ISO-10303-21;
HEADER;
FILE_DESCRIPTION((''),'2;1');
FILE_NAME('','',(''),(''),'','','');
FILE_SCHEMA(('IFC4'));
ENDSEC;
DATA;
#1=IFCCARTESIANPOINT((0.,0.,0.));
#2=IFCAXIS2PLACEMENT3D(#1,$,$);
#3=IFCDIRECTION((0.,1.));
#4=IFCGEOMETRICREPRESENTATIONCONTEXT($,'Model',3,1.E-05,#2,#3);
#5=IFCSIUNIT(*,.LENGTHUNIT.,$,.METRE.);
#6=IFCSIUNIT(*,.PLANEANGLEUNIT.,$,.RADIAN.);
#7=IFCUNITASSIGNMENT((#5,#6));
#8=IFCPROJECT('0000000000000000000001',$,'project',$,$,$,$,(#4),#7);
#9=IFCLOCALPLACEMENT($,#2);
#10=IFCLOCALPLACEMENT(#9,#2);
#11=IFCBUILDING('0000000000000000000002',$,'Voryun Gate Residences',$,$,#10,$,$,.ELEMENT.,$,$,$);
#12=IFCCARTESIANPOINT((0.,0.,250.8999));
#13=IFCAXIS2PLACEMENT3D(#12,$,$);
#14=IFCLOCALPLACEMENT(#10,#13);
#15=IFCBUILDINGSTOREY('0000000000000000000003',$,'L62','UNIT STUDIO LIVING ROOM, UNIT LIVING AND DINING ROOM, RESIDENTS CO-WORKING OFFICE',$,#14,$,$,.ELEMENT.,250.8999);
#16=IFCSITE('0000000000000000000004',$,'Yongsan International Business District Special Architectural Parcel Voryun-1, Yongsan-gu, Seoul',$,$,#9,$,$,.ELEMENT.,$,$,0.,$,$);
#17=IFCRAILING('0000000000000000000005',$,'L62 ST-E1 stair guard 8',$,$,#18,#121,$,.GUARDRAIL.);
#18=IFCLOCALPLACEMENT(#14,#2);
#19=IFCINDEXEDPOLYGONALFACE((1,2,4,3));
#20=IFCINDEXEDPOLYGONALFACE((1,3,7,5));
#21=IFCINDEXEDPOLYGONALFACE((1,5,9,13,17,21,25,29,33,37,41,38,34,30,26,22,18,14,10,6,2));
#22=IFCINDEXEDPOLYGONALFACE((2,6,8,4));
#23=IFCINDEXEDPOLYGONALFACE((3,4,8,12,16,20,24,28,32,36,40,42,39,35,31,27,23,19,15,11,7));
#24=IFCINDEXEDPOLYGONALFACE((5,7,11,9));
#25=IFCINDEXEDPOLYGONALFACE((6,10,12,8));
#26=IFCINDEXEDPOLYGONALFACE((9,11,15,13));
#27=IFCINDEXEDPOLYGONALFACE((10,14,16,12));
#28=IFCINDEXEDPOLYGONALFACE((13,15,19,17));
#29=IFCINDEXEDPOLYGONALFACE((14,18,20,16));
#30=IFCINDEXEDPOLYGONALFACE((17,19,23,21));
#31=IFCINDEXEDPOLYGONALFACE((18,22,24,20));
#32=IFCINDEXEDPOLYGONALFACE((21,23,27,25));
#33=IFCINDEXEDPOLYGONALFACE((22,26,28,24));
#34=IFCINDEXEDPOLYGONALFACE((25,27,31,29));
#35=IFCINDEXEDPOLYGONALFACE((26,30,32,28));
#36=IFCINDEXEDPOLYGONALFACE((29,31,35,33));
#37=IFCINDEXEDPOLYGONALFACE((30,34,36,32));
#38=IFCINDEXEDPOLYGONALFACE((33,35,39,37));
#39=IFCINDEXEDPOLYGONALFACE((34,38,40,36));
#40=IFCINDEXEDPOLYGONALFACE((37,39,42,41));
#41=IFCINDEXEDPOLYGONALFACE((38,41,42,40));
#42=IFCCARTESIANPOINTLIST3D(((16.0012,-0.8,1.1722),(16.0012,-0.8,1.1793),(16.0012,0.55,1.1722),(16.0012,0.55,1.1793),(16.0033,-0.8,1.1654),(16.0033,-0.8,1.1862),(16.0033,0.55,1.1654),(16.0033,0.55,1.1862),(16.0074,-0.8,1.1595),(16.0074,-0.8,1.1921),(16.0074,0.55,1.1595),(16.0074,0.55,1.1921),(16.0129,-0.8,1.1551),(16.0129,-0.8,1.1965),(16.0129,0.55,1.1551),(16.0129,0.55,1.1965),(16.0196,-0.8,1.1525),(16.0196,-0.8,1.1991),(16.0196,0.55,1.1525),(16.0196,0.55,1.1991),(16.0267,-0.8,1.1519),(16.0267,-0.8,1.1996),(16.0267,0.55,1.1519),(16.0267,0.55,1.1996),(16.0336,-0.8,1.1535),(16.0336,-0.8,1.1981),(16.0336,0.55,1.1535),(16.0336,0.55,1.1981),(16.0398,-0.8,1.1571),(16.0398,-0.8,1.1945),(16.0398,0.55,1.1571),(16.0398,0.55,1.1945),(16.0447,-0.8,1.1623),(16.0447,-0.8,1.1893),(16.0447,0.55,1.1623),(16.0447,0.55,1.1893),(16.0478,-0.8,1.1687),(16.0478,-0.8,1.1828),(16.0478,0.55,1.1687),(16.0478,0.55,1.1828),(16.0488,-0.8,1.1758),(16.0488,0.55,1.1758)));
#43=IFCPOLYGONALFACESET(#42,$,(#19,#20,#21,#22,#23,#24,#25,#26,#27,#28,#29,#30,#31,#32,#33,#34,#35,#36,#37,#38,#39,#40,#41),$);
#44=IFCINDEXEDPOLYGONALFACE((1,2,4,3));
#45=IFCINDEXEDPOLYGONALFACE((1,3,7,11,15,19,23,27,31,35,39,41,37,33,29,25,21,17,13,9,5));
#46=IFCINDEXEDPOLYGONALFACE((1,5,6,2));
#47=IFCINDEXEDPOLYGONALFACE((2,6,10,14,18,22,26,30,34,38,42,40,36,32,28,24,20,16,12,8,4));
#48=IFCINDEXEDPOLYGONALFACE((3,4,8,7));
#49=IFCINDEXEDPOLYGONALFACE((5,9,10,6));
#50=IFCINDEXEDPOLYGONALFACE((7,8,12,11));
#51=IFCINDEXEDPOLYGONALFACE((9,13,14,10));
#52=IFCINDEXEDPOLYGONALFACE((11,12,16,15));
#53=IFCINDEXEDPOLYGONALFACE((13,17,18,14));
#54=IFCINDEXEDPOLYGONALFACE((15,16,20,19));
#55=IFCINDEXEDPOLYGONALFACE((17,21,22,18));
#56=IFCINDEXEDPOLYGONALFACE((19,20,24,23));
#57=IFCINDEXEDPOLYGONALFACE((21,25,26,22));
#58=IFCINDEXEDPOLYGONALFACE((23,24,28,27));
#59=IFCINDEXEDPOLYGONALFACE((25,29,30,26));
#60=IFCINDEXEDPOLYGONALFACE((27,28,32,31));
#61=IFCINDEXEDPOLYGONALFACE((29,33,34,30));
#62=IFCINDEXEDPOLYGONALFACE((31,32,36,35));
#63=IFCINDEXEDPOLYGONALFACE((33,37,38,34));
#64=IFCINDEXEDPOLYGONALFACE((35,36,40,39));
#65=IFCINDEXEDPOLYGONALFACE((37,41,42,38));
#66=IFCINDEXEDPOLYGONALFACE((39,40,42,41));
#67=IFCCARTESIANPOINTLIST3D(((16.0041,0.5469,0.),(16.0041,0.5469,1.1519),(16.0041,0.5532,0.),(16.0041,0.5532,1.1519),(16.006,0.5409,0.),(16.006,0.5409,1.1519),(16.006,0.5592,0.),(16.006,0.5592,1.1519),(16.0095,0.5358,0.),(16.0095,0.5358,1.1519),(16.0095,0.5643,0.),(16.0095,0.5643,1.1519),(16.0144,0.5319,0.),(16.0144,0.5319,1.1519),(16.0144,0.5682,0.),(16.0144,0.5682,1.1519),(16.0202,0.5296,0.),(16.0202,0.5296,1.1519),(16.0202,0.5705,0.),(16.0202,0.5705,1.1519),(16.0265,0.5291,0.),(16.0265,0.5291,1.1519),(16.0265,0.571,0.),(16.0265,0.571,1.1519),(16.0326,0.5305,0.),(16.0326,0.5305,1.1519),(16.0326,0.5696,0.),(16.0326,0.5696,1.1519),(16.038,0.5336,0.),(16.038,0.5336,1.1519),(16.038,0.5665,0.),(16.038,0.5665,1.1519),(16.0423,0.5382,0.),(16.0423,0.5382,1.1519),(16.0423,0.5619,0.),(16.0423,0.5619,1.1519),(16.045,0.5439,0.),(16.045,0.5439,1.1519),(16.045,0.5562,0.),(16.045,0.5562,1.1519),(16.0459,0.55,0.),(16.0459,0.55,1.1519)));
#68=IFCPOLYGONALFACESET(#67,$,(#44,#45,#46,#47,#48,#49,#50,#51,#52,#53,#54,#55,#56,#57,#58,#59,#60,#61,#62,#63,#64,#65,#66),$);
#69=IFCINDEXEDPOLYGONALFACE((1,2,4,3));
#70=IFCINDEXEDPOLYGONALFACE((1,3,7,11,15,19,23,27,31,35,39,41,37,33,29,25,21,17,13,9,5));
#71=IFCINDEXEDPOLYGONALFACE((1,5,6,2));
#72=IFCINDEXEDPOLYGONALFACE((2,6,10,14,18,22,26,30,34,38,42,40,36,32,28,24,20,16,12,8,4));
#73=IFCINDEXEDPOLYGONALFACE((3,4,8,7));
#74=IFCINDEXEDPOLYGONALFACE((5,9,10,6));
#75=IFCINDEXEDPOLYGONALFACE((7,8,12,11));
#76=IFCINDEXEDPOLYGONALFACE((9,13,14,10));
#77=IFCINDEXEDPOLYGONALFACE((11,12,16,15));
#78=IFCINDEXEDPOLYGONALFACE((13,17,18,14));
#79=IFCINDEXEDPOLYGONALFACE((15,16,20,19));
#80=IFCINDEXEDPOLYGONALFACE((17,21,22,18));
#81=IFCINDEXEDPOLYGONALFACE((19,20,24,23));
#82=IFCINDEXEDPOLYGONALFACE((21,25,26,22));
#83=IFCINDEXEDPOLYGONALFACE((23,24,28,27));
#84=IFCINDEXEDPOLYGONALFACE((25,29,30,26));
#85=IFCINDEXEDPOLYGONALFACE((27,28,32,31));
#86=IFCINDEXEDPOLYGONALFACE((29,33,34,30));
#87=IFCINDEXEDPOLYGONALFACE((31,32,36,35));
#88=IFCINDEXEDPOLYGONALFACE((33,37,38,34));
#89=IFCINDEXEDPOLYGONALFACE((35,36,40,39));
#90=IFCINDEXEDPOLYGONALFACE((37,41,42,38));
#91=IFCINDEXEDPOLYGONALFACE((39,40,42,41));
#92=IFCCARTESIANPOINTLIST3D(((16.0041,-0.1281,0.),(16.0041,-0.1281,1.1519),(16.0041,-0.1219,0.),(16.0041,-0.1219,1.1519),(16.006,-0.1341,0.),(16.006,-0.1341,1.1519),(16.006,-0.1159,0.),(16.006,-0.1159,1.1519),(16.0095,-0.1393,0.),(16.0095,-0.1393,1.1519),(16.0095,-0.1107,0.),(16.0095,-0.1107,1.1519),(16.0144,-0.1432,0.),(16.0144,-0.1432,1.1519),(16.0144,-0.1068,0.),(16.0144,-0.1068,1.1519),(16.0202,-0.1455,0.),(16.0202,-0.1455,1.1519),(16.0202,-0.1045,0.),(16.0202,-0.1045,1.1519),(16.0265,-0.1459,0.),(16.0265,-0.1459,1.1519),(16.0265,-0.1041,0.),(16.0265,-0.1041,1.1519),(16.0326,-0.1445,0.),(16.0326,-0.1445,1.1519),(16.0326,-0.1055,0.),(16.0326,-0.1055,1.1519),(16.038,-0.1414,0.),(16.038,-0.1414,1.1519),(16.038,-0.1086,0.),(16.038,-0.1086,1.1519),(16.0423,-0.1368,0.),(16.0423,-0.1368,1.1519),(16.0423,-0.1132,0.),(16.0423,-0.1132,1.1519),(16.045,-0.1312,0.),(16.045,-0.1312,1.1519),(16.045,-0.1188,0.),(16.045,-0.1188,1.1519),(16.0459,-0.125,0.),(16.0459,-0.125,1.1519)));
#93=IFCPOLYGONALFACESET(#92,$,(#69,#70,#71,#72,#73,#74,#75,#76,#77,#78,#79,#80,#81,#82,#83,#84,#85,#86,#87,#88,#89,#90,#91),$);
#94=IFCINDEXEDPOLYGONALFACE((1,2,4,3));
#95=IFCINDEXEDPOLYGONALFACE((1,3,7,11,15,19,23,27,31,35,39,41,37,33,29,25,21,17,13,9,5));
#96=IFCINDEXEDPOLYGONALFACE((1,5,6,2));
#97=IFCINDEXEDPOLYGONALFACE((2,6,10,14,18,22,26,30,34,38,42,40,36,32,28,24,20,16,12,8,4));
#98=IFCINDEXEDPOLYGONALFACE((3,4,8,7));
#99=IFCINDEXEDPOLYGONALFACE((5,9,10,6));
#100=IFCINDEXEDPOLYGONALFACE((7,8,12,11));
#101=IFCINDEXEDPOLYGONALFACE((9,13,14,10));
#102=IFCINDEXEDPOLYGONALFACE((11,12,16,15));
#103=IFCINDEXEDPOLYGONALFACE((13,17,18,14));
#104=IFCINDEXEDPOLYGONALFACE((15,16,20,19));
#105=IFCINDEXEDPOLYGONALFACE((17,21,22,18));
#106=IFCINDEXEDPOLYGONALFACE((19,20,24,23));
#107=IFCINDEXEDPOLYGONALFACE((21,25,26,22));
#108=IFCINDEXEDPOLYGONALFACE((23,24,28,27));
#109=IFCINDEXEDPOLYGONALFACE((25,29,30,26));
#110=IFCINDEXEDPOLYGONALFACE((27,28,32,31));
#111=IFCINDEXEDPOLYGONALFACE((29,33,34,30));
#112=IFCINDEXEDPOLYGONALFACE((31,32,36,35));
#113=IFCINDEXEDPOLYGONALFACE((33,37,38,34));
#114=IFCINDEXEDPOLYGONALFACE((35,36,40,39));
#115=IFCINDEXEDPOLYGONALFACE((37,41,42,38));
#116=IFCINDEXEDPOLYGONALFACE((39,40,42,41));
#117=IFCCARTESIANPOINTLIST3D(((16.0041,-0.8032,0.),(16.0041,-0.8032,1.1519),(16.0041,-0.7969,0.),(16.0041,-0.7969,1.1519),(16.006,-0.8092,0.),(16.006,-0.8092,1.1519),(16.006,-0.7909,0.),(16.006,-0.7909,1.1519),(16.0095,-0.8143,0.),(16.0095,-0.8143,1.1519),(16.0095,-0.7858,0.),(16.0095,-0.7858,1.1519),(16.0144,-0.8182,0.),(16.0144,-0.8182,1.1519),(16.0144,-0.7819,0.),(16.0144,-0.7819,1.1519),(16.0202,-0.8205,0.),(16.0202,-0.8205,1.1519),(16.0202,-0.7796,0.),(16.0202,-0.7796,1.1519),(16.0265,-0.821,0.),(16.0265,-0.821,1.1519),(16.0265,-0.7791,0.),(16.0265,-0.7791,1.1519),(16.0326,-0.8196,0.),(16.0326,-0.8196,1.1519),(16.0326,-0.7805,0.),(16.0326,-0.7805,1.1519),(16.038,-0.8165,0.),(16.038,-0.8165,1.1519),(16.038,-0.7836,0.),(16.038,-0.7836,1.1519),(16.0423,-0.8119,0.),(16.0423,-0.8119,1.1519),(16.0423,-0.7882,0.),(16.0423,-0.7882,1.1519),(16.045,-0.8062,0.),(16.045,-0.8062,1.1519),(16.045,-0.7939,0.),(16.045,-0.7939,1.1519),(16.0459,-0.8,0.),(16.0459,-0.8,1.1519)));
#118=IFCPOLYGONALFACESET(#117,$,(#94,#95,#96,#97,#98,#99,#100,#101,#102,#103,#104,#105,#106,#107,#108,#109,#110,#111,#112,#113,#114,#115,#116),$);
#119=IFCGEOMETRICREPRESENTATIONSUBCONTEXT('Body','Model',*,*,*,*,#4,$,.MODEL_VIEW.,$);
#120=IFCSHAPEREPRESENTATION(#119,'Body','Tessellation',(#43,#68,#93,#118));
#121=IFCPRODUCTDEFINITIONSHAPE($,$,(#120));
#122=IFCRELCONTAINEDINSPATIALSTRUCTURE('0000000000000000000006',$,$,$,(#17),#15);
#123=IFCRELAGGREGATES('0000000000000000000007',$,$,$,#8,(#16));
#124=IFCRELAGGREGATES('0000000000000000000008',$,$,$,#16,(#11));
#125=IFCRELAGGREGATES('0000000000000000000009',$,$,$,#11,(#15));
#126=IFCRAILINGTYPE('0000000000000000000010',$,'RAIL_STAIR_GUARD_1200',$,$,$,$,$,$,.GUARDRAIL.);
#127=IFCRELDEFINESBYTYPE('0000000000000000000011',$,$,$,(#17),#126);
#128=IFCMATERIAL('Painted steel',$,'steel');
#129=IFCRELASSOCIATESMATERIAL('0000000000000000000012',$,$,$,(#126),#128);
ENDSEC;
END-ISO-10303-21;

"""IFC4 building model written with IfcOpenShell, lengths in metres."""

from ifc_helpers import new_model, si_unit, direction, frame, origin, origin_2d, place, context, subcontext, project, spatial, circle, extrude, material, type_object, element, save


model = new_model("IFC4")

# Units and contexts
model_context = context("Model", 3, precision=1e-05, world=origin(), true_north=direction((0.0, 1.0)))
body_context = subcontext(model_context, "Body", "Model", "MODEL_VIEW")
ifc_project = project(units=[si_unit("LENGTHUNIT", "METRE"), si_unit("PLANEANGLEUNIT", "RADIAN")], contexts=[model_context])

# Site, building, storey
site_placement = place(None, origin())
site = spatial("IfcSite", under=ifc_project, at=site_placement, Name="Yongsan International Business District Special Architectural Parcel Voryun-1, Yongsan-gu, Seoul", CompositionType="ELEMENT", RefElevation=0.0)
building_placement = place(site_placement, origin())
building = spatial("IfcBuilding", under=site, at=building_placement, Name="Voryun Gate Residences", CompositionType="ELEMENT")
storey_placement = place(building_placement, frame((0.0, 0.0, 250.8999)))
storey = spatial("IfcBuildingStorey", under=building, at=storey_placement, Name="L62", Description="UNIT STUDIO LIVING ROOM, UNIT LIVING AND DINING ROOM, RESIDENTS CO-WORKING OFFICE", CompositionType="ELEMENT", Elevation=250.8999)

# Railing
ifc_material_1 = material(Name="Painted steel", Category="steel")
railing_type = type_object("IfcRailingType", Name="RAIL_STAIR_GUARD_1200", PredefinedType="GUARDRAIL", material=ifc_material_1)
railing_placement = place(storey_placement, frame((16.0249, 0.55, 0.0)))
element("IfcRailing", 1, at=railing_placement, inside=storey, type_object=railing_type, Name="L62 ST-E1 stair guard 8", PredefinedType="GUARDRAIL", context=body_context, shape_type="SweptSolid", body=[
    extrude(circle(Radius=0.0239, at=origin_2d()), frame((0.0, 0.0, 1.1758), z_axis=(0.0, -1.0, 0.0), x_axis=(1.0, 0.0, 0.0)), (0.0, 0.0, 1.0), 1.3501),
    extrude(circle(Radius=0.021, at=origin_2d()), origin(), (0.0, 0.0, 1.0), 1.1519),
    extrude(circle(Radius=0.021, at=origin_2d()), frame((0.0, -0.675, 0.0)), (0.0, 0.0, 1.0), 1.1519),
    extrude(circle(Radius=0.021, at=origin_2d()), frame((0.0, -1.3501, 0.0)), (0.0, 0.0, 1.0), 1.1519),
])

save(model, "model.ifc")
